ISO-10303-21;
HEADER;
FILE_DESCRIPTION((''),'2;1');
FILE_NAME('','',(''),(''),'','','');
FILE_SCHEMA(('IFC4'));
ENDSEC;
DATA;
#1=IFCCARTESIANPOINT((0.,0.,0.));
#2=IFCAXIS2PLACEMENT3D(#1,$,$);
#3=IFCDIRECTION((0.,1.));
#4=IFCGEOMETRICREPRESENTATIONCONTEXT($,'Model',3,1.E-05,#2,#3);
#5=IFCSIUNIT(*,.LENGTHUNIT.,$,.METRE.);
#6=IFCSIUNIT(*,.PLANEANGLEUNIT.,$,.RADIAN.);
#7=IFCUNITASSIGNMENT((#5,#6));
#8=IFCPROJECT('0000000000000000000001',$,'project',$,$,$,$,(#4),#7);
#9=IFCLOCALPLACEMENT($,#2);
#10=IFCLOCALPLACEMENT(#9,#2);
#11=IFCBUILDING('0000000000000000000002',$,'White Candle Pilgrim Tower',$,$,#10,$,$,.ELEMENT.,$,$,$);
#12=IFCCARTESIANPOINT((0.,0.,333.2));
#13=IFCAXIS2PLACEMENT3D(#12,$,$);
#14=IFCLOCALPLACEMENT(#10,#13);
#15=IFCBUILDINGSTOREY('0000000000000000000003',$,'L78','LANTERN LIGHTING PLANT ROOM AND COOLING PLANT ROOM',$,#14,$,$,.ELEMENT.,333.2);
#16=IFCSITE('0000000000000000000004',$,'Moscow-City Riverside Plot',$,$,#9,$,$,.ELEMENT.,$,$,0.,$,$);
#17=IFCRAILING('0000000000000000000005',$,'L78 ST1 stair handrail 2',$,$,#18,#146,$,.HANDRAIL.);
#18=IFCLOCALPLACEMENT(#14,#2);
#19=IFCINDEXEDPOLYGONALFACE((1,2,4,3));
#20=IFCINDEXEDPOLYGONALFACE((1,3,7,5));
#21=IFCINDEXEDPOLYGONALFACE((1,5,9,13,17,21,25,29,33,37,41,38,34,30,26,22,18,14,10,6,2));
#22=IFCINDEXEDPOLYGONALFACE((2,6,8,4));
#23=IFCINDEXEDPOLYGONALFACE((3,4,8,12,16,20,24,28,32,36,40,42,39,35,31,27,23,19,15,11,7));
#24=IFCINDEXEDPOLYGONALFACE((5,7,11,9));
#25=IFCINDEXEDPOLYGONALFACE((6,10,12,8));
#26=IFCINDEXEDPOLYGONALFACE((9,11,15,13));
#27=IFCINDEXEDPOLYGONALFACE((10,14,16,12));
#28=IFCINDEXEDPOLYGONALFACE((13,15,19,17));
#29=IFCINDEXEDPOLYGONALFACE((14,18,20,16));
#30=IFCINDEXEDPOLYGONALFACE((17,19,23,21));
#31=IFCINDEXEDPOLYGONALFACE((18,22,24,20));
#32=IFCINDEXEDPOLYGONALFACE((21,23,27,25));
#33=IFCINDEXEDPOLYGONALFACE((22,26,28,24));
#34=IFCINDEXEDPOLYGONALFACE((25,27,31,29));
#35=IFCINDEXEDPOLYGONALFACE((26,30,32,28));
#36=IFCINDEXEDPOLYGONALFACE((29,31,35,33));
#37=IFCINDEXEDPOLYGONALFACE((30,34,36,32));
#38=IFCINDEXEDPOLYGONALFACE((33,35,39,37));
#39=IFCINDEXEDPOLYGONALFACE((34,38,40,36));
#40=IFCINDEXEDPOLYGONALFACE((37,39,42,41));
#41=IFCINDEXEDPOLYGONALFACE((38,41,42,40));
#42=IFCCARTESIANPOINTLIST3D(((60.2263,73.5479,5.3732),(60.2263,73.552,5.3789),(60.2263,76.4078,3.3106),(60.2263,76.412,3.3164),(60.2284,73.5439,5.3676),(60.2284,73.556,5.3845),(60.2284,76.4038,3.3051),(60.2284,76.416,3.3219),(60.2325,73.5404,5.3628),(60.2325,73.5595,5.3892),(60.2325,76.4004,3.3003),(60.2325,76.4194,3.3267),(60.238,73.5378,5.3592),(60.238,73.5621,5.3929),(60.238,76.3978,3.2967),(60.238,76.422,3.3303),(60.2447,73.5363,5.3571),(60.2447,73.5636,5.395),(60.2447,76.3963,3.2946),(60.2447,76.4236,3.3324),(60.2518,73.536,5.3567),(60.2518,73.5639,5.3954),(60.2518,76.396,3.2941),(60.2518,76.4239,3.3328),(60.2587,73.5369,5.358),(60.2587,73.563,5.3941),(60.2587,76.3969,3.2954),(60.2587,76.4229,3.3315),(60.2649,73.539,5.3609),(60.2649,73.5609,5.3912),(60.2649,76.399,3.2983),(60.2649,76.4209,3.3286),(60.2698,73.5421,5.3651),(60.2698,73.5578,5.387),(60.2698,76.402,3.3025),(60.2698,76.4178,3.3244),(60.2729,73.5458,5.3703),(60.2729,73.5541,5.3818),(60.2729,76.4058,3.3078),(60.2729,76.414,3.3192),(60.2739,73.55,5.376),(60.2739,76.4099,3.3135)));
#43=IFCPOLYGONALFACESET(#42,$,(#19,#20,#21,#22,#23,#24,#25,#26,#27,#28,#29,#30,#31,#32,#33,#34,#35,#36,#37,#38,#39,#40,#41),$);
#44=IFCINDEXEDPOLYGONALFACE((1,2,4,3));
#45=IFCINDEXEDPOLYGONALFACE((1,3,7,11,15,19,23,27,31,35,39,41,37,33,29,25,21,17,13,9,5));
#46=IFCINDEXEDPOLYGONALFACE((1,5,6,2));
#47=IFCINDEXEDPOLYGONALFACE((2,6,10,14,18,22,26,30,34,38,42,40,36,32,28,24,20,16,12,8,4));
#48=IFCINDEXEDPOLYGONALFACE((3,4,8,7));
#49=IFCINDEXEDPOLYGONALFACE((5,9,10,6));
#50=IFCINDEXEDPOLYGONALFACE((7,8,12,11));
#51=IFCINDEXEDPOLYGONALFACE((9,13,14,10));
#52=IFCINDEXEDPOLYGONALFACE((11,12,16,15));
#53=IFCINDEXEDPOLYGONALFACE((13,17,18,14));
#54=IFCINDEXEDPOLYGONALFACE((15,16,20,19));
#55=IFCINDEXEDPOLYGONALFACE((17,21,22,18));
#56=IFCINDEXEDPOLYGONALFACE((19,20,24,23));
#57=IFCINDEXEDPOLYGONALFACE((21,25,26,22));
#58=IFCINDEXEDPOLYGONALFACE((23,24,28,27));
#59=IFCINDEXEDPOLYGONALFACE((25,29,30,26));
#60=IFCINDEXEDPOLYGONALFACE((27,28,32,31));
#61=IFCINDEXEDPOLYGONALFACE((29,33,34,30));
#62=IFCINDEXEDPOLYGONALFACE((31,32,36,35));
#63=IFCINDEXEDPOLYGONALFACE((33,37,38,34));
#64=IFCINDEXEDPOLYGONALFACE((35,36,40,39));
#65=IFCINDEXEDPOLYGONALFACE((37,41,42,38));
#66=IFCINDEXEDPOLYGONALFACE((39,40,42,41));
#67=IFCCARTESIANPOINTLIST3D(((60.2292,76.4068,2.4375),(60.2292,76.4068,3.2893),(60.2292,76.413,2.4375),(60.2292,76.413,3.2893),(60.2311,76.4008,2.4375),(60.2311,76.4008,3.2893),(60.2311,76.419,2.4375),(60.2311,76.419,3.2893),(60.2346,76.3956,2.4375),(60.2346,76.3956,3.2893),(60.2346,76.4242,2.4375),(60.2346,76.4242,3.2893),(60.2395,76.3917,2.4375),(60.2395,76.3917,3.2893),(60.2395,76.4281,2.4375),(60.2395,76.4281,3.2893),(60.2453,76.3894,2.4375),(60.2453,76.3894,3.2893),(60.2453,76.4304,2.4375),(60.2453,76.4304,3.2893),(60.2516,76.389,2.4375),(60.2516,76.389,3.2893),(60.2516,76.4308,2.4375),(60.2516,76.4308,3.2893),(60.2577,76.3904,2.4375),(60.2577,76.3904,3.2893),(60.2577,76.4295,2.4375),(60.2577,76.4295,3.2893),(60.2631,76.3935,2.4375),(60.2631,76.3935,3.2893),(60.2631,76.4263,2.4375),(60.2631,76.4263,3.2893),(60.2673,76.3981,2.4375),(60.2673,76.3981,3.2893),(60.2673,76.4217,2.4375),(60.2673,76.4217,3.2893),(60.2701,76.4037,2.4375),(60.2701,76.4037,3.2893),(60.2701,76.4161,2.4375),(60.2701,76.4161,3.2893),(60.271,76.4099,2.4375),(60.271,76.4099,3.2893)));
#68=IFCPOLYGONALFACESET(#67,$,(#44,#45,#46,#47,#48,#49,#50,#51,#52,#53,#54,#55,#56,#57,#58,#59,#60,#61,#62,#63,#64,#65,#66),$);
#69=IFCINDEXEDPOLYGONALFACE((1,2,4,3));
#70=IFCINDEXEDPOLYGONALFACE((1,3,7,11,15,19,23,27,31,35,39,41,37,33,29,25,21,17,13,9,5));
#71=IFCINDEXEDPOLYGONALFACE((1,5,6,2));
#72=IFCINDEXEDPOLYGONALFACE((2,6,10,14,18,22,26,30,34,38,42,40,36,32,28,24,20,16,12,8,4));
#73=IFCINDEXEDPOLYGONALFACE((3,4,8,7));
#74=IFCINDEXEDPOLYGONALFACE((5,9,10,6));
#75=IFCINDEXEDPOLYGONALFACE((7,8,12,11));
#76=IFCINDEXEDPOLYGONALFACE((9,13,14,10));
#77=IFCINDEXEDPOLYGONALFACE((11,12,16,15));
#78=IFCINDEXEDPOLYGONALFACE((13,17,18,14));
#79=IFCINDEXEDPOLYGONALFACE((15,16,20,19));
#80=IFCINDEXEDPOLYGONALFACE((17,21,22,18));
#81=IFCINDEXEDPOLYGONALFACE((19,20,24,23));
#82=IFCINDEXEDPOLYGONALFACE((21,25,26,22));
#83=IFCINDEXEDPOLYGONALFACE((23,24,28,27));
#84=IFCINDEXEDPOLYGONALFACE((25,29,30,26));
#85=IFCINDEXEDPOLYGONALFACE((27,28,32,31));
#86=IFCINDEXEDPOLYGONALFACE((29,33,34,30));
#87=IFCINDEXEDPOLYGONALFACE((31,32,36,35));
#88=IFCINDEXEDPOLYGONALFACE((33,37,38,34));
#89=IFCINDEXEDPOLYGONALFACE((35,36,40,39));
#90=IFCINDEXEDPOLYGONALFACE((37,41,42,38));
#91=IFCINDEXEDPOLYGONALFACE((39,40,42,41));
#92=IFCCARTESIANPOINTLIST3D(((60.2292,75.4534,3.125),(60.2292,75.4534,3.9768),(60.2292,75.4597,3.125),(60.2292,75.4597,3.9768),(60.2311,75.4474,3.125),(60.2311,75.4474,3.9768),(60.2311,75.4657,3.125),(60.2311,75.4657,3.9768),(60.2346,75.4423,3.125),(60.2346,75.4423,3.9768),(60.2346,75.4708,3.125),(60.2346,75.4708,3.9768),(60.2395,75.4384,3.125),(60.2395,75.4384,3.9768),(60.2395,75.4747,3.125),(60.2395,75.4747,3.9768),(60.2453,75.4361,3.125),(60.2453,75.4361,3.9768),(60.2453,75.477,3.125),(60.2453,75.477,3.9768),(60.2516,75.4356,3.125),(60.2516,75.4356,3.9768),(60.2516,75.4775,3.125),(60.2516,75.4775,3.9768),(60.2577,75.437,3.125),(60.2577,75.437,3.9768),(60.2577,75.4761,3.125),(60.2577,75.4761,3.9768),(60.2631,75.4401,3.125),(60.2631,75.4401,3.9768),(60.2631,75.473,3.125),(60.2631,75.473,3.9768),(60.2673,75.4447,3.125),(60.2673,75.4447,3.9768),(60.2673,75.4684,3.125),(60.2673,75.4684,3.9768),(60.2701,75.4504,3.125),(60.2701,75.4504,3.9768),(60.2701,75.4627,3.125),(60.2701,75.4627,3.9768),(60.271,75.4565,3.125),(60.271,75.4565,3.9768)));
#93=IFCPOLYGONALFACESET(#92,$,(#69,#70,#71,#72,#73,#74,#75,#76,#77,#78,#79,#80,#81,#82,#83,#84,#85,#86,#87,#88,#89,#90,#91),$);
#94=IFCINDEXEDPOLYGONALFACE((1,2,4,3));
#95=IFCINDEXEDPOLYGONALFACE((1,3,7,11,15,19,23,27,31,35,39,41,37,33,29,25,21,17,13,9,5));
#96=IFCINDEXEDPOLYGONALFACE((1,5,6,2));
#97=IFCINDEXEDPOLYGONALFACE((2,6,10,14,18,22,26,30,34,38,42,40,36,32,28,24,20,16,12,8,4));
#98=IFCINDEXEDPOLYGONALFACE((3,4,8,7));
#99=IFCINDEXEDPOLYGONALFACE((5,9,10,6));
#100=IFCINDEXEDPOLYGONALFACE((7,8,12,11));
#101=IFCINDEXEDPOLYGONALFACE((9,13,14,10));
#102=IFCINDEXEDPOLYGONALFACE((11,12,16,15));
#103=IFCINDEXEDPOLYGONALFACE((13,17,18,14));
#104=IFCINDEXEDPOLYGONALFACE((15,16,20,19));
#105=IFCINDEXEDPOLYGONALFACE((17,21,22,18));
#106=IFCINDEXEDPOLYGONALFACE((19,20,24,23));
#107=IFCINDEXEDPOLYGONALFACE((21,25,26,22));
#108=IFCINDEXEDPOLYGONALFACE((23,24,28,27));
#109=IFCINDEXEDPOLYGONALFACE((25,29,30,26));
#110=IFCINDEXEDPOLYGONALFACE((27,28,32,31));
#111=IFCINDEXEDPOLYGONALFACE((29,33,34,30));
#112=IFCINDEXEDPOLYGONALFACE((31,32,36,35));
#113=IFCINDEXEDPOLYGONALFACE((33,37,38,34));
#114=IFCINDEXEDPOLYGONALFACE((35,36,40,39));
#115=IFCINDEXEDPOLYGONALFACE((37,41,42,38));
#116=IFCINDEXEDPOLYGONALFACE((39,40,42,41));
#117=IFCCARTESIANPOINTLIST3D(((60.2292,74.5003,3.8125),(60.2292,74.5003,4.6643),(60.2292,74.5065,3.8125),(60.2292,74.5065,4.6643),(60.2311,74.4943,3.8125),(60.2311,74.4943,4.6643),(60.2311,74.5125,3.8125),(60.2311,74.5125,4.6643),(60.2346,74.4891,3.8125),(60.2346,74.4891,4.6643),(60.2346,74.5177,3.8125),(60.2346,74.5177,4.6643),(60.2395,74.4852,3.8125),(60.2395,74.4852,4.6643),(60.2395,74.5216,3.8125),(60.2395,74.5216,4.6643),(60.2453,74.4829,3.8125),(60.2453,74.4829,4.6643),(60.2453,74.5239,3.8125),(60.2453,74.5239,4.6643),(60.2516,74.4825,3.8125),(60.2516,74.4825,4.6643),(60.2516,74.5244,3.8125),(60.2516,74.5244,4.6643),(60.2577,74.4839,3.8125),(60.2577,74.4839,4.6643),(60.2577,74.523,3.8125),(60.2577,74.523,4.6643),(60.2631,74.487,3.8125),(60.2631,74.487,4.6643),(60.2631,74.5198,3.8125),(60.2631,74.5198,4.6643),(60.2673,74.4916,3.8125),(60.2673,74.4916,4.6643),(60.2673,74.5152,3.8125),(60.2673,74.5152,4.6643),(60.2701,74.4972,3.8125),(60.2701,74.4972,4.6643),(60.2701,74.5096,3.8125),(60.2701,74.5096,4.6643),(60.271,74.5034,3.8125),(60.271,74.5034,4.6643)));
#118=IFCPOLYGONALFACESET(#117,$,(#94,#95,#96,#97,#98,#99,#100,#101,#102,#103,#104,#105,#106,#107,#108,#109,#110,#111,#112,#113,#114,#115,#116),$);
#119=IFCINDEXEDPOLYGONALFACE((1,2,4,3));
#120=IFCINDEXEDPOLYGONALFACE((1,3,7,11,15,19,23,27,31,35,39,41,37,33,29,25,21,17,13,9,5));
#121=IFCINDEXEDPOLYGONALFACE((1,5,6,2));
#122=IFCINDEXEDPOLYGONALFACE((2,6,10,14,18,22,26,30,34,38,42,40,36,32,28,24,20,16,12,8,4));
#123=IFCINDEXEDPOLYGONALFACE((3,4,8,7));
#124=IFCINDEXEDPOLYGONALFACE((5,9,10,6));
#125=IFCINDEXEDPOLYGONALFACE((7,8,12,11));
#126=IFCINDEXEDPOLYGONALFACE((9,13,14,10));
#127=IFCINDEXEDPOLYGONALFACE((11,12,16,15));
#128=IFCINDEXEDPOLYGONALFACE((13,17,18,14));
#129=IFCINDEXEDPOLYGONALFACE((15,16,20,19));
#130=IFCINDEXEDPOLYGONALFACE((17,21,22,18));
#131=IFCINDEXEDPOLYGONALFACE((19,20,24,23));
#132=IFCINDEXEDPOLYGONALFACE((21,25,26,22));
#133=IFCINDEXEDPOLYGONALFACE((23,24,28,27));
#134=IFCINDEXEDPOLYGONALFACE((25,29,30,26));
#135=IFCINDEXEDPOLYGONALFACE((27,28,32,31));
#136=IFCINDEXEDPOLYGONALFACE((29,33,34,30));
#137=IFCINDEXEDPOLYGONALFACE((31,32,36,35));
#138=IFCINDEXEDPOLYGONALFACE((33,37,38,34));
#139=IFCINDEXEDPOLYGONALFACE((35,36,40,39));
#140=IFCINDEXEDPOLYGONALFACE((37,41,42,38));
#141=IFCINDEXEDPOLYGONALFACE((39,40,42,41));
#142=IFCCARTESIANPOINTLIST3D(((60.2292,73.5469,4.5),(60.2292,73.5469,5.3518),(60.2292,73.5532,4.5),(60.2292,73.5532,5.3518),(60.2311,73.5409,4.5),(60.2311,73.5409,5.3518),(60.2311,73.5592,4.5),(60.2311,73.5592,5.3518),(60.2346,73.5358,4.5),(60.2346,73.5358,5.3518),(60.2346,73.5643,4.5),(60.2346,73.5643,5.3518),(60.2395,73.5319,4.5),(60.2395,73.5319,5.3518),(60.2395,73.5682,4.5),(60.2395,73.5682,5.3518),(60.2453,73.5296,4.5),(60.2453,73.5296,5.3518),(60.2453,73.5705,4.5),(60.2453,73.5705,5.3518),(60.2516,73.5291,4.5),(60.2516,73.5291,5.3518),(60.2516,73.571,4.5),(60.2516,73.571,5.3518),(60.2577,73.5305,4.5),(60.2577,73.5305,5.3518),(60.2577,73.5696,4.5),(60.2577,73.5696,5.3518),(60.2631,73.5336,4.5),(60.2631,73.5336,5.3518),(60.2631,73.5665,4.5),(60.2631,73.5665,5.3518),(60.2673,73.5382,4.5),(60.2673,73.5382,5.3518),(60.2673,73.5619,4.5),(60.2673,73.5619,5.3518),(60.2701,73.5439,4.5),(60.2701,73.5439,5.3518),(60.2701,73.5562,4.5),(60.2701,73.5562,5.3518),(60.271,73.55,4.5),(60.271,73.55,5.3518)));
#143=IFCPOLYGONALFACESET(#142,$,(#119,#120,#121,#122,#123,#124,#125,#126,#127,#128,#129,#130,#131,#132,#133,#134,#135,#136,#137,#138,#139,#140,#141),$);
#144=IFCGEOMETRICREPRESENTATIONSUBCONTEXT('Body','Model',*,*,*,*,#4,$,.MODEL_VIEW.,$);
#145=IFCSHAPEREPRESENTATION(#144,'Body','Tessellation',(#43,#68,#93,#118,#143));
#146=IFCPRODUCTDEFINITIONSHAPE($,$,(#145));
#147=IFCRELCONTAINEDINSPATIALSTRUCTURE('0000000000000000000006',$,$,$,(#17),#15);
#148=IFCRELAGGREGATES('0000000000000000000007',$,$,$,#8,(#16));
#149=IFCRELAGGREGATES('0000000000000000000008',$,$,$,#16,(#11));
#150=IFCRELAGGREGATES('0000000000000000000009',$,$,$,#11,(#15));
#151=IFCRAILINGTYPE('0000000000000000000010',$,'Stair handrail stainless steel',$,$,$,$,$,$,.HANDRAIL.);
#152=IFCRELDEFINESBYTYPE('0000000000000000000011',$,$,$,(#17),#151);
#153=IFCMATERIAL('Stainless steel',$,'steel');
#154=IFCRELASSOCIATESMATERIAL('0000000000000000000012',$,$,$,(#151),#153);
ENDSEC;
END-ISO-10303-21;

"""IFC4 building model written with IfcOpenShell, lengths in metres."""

from ifc_helpers import new_model, si_unit, direction, frame, origin, origin_2d, place, context, subcontext, project, spatial, circle, extrude, material, type_object, element, save


model = new_model("IFC4")

# Units and contexts
model_context = context("Model", 3, precision=1e-05, world=origin(), true_north=direction((0.0, 1.0)))
body_context = subcontext(model_context, "Body", "Model", "MODEL_VIEW")
ifc_project = project(units=[si_unit("LENGTHUNIT", "METRE"), si_unit("PLANEANGLEUNIT", "RADIAN")], contexts=[model_context])

# Site, building, storey
site_placement = place(None, origin())
site = spatial("IfcSite", under=ifc_project, at=site_placement, Name="Moscow-City Riverside Plot", CompositionType="ELEMENT", RefElevation=0.0)
building_placement = place(site_placement, origin())
building = spatial("IfcBuilding", under=site, at=building_placement, Name="White Candle Pilgrim Tower", CompositionType="ELEMENT")
storey_placement = place(building_placement, frame((0.0, 0.0, 333.2)))
storey = spatial("IfcBuildingStorey", under=building, at=storey_placement, Name="L78", Description="LANTERN LIGHTING PLANT ROOM AND COOLING PLANT ROOM", CompositionType="ELEMENT", Elevation=333.2)

# Railing
ifc_material_1 = material(Name="Stainless steel", Category="steel")
railing_type_1 = type_object("IfcRailingType", Name="Stair handrail stainless steel", PredefinedType="HANDRAIL", material=ifc_material_1)
railing_1_placement = place(storey_placement, frame((60.25, 76.4099, 2.4375)))
element("IfcRailing", 1, at=railing_1_placement, inside=storey, type_object=railing_type_1, Name="L78 ST1 stair handrail 2", PredefinedType="HANDRAIL", context=body_context, shape_type="SweptSolid", body=[
    extrude(circle(Radius=0.0239, at=origin_2d()), frame((0.0, 0.0, 0.876), z_axis=(0.0, -0.811077, 0.584939), x_axis=(1.0, 0.0, 0.0)), (0.0, 0.0, 1.0), 3.5261),
    extrude(circle(Radius=0.021, at=origin_2d()), origin(), (0.0, 0.0, 1.0), 0.8518),
    extrude(circle(Radius=0.021, at=origin_2d()), frame((0.0, -0.9534, 0.6875)), (0.0, 0.0, 1.0), 0.8518),
    extrude(circle(Radius=0.021, at=origin_2d()), frame((0.0, -1.9065, 1.375)), (0.0, 0.0, 1.0), 0.8518),
    extrude(circle(Radius=0.021, at=origin_2d()), frame((0.0, -2.8599, 2.0625)), (0.0, 0.0, 1.0), 0.8518),
])

save(model, "model.ifc")
